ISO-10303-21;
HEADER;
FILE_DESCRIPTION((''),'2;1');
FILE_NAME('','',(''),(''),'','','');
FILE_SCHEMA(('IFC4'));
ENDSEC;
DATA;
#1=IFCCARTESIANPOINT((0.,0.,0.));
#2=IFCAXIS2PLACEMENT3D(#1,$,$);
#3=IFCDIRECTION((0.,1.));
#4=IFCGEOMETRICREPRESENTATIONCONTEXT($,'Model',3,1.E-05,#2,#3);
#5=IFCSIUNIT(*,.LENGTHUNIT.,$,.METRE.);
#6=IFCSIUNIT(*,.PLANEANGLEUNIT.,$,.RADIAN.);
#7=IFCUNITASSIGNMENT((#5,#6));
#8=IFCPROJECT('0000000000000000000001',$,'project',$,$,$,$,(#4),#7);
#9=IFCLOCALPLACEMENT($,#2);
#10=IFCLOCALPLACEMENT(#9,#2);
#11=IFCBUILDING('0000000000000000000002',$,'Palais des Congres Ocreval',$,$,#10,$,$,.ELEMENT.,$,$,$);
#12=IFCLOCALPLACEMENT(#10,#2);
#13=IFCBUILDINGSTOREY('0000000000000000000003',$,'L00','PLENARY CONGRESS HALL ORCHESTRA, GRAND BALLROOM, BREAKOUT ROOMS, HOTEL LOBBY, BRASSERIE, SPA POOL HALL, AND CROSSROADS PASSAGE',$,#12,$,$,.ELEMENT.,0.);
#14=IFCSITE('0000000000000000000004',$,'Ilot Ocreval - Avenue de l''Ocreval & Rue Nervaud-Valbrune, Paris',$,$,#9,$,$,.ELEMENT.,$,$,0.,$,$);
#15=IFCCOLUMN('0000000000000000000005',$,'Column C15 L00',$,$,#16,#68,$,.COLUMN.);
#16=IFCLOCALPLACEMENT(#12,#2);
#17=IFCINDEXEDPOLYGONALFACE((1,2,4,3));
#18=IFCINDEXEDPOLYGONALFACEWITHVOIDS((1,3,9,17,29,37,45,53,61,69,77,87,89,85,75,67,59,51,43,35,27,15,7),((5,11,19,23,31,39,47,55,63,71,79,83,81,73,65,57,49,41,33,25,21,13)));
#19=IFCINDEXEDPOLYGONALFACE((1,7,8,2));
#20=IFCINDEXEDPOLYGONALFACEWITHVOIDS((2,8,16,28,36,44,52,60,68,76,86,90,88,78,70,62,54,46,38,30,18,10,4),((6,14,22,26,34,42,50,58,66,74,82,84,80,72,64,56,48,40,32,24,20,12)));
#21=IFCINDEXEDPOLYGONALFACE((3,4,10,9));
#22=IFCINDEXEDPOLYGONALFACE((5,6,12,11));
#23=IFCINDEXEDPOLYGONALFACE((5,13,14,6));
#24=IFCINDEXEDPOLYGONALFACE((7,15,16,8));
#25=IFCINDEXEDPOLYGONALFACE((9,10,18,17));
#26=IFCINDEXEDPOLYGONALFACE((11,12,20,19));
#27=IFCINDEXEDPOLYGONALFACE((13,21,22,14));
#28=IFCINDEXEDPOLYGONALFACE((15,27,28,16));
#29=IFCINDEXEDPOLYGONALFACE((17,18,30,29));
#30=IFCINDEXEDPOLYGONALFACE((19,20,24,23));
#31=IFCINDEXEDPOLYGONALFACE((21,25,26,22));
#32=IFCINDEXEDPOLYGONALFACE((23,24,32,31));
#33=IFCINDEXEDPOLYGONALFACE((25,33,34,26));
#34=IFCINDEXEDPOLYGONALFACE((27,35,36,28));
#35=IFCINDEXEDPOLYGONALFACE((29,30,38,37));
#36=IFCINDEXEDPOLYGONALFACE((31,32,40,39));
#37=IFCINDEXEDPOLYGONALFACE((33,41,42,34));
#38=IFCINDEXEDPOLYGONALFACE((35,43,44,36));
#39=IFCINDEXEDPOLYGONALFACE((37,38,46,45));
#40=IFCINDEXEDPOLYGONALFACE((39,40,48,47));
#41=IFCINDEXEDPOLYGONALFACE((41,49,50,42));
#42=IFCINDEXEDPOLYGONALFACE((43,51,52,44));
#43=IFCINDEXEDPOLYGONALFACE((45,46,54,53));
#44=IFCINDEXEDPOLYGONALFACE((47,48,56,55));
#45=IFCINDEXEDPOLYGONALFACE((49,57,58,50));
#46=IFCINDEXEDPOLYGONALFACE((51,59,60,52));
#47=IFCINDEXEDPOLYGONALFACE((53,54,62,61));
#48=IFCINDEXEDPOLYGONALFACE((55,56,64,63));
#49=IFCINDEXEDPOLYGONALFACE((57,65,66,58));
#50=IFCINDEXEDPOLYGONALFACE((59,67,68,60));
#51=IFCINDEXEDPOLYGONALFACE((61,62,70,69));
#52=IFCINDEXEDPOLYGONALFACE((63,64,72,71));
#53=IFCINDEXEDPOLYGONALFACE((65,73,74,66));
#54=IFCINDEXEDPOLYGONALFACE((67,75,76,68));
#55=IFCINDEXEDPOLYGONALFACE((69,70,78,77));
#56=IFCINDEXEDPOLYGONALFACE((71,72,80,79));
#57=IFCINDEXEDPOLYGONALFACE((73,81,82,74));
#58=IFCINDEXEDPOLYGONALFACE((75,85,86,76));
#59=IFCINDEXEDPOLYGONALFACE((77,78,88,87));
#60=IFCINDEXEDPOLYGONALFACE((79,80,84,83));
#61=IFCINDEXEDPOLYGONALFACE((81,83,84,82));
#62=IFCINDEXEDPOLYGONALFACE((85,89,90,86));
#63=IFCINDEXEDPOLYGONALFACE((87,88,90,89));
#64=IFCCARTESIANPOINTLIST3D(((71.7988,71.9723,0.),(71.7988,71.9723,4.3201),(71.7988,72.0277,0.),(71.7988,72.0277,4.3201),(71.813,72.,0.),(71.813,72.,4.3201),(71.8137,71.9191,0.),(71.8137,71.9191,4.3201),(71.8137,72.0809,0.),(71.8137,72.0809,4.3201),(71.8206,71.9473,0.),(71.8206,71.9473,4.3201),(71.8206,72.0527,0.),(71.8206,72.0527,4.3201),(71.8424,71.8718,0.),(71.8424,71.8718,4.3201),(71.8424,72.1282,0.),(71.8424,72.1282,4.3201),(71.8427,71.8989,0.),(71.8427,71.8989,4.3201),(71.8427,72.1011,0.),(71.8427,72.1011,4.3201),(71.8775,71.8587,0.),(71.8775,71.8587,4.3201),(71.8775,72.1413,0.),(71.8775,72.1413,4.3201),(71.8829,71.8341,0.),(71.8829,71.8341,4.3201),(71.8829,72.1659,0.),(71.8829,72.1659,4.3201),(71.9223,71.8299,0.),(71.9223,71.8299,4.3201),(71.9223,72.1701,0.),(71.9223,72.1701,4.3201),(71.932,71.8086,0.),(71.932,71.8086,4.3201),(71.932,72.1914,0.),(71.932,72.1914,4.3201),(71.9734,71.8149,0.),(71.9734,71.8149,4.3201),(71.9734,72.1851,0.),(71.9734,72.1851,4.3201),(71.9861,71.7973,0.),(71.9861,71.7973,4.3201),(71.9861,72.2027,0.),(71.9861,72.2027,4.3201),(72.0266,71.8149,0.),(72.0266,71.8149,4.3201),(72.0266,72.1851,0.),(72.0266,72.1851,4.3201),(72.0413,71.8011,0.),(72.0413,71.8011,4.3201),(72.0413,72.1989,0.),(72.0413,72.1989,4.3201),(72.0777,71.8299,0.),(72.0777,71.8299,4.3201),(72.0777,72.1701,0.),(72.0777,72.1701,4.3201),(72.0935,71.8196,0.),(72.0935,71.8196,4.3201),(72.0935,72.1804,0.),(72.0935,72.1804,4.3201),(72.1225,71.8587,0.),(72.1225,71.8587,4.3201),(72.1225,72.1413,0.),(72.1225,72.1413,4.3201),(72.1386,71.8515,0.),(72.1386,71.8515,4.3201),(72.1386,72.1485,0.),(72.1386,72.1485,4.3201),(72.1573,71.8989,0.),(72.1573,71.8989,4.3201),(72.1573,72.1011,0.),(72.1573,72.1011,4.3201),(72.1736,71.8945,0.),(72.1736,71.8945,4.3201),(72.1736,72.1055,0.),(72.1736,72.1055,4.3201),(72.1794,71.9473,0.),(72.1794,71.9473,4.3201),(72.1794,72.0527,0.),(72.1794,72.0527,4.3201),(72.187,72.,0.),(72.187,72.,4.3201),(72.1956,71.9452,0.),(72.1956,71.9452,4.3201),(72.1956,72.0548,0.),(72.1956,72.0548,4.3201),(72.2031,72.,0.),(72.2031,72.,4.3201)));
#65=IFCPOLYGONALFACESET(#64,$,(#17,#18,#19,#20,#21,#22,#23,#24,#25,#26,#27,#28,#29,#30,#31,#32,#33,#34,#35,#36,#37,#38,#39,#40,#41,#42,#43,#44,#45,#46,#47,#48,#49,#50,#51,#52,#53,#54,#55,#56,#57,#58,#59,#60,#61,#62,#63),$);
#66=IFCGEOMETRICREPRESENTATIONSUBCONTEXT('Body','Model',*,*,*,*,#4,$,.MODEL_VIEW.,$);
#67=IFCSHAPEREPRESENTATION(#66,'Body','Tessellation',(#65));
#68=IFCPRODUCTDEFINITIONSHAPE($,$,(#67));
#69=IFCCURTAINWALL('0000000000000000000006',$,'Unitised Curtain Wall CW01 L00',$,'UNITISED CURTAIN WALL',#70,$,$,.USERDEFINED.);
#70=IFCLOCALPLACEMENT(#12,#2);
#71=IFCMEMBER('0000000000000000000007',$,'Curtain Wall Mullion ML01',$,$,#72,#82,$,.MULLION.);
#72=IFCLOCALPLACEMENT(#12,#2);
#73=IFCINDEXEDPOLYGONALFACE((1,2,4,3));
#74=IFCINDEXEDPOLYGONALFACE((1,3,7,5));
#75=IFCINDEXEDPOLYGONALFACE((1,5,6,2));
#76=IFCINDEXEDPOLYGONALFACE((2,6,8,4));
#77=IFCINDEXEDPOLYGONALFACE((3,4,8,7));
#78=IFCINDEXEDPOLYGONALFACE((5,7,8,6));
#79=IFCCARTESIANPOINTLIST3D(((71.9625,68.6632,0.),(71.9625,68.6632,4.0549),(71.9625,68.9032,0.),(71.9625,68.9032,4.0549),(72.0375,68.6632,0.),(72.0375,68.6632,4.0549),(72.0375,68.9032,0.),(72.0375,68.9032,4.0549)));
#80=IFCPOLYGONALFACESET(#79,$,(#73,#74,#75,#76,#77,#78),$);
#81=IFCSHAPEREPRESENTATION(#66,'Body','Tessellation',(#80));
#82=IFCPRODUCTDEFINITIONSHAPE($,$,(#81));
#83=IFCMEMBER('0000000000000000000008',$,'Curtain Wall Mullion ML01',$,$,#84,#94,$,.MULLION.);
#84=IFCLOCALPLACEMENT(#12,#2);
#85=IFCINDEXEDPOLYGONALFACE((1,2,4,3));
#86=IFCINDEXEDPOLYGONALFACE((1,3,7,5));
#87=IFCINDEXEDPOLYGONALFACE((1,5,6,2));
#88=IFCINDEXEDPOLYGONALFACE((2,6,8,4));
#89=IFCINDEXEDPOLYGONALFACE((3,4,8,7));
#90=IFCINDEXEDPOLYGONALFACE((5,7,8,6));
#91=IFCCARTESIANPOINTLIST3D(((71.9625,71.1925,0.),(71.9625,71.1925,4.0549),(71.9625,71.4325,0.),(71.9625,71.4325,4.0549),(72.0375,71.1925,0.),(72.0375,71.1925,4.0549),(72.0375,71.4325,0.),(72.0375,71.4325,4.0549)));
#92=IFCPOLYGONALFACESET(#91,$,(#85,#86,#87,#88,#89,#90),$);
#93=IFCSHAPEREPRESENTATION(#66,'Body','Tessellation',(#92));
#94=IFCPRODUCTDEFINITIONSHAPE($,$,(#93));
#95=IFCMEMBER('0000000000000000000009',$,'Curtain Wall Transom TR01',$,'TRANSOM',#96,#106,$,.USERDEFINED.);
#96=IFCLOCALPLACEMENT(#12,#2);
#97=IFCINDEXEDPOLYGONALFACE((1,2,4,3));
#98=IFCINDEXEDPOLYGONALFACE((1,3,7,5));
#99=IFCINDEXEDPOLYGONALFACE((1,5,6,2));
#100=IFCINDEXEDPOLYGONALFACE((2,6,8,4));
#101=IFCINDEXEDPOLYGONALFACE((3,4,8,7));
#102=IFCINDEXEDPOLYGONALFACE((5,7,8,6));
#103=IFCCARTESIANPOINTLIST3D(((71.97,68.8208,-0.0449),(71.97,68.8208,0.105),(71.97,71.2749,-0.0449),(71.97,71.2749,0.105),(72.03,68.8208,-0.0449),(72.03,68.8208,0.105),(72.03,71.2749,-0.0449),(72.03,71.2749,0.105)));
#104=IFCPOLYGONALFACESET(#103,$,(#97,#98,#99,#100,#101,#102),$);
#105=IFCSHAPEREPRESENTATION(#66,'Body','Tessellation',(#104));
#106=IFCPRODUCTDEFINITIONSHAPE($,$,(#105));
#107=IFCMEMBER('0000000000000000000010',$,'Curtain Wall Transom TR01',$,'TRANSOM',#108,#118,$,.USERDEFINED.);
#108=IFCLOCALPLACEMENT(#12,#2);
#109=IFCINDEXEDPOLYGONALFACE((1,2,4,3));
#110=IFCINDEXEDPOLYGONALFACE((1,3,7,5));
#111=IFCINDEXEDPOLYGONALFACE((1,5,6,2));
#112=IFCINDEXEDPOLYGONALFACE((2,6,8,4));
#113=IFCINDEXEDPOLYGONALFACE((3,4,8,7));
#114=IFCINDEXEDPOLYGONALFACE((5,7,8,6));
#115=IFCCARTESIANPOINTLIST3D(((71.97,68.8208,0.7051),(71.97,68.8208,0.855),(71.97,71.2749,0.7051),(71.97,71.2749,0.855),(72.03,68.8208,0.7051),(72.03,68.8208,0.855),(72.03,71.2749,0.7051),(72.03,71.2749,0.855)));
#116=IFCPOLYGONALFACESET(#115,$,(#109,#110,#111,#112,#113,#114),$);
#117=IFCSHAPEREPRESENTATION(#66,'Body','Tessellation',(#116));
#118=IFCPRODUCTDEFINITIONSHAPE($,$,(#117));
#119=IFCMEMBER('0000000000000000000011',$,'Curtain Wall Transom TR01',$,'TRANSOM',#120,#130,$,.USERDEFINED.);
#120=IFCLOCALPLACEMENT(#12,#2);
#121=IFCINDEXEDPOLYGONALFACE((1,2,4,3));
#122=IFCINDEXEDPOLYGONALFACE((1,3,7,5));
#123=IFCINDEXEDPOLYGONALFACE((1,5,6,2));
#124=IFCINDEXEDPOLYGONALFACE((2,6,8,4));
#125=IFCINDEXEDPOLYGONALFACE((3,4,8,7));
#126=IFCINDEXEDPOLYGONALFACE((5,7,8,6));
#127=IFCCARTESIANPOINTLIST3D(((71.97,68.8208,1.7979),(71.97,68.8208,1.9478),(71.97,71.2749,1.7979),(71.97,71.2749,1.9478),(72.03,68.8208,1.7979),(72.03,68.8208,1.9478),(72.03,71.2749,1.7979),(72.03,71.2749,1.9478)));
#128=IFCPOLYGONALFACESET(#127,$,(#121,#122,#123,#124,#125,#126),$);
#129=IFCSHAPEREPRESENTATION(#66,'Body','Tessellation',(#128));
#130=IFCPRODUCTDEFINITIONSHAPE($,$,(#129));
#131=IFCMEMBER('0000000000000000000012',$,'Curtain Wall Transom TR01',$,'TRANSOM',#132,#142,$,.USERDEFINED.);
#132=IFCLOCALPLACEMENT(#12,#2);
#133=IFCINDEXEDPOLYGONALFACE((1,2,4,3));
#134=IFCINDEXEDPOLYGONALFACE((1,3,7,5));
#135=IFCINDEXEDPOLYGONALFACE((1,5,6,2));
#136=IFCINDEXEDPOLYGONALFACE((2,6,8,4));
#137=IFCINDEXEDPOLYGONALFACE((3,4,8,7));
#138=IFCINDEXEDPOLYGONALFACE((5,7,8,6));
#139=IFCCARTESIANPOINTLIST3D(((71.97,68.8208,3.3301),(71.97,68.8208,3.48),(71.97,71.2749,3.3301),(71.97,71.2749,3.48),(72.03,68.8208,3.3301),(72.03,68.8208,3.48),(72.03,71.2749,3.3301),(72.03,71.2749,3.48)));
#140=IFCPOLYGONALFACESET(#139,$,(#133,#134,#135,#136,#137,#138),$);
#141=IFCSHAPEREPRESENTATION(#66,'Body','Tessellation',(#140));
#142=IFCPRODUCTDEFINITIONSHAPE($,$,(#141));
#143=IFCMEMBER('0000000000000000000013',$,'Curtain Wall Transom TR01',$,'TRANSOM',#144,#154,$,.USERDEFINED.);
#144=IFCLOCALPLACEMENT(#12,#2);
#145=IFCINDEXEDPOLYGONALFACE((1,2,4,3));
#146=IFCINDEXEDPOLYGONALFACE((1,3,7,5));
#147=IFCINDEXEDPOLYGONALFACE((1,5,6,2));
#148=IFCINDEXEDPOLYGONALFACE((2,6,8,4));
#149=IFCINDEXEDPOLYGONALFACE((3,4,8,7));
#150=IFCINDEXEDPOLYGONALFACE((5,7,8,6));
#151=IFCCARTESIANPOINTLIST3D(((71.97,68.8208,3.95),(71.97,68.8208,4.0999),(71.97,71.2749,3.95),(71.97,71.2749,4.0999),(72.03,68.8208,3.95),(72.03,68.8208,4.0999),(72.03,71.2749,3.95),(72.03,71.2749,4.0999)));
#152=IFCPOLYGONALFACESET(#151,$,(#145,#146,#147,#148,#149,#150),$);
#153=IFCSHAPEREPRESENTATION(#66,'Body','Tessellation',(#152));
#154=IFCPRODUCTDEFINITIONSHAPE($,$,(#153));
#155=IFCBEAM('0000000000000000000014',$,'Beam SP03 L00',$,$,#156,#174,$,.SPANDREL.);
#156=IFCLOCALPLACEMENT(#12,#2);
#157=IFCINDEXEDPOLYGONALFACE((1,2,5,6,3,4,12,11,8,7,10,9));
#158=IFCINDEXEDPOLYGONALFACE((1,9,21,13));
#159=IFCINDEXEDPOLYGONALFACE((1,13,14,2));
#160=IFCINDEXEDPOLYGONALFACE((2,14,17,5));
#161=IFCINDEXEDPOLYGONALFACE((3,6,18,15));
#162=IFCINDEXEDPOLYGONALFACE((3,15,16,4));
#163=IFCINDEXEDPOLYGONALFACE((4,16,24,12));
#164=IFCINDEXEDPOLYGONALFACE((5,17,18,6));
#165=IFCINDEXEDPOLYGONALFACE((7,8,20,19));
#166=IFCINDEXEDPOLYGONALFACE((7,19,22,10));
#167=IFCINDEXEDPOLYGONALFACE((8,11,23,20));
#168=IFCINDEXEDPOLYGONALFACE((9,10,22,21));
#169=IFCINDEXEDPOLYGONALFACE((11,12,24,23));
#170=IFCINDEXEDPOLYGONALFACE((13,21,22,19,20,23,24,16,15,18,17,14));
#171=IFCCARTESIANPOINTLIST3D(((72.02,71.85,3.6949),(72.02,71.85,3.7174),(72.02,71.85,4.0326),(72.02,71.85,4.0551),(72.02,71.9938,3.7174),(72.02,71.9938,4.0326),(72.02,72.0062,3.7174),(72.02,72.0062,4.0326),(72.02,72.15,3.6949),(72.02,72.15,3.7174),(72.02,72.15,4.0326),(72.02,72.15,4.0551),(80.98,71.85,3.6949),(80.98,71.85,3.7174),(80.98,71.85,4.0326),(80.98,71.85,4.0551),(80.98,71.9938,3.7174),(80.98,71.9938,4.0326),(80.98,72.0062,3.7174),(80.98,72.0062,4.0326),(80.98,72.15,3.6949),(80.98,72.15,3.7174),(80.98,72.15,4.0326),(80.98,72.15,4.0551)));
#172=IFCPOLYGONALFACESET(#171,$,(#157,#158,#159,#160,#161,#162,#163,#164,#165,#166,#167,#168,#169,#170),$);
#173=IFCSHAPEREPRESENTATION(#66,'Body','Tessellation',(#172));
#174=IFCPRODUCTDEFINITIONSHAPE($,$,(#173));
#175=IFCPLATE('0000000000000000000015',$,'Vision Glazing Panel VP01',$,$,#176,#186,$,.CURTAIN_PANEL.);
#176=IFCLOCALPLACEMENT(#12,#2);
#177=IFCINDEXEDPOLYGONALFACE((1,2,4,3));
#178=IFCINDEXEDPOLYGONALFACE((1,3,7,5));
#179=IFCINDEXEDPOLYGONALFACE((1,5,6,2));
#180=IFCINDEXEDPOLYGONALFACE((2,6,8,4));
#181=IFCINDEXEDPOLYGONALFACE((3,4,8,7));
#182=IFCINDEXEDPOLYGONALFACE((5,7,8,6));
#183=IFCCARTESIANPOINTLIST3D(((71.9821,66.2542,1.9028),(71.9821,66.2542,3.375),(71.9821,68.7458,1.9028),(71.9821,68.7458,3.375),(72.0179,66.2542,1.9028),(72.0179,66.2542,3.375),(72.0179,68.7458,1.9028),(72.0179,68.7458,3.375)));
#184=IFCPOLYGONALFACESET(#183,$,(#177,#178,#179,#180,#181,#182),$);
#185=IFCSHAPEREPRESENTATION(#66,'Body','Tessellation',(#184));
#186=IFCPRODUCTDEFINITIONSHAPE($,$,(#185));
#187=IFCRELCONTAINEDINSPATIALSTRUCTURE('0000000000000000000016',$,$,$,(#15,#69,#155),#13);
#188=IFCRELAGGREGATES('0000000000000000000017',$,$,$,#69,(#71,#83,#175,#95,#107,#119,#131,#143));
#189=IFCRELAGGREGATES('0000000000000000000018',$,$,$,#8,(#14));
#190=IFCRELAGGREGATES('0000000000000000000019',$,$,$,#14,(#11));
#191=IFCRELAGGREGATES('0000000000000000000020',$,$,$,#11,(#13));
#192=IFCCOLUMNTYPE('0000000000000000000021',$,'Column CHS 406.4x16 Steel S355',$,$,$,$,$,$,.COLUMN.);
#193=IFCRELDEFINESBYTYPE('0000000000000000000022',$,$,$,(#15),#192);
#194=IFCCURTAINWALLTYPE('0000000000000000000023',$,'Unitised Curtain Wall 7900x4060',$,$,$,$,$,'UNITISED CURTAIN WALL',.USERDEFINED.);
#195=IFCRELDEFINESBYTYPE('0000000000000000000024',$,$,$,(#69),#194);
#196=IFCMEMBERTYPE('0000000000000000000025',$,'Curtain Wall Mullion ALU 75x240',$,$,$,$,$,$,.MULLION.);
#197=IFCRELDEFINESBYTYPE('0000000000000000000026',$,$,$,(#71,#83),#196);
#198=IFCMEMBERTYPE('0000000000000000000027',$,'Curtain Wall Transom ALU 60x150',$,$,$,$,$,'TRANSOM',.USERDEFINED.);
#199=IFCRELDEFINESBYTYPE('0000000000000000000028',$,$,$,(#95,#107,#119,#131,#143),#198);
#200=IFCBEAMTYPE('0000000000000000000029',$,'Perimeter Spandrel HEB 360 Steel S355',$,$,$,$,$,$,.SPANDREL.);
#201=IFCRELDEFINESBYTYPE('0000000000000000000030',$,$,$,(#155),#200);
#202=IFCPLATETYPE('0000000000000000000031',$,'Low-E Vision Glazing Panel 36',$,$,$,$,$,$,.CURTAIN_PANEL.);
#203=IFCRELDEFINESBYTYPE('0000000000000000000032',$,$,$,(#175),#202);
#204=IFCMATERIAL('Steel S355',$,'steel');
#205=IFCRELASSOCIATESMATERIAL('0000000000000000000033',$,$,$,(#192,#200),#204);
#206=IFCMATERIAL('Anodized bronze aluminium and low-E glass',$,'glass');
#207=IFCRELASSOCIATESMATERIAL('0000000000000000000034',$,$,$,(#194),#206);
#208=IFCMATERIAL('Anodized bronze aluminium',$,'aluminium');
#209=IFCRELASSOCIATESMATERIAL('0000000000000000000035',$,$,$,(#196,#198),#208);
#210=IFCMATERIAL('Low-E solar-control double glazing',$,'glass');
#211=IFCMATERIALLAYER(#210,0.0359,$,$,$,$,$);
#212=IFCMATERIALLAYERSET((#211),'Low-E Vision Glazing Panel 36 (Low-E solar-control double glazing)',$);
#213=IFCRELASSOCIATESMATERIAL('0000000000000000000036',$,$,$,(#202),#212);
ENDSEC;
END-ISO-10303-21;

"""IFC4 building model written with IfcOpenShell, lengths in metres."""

from ifc_helpers import new_model, si_unit, direction, frame, origin, origin_2d, place, context, subcontext, project, spatial, rectangle, hollow_circle, i_section, extrude, material, layer, layer_set, material_profile, profile_set, type_object, element, aggregate, save


model = new_model("IFC4")

# Units and contexts
model_context = context("Model", 3, precision=1e-05, world=origin(), true_north=direction((0.0, 1.0)))
body_context = subcontext(model_context, "Body", "Model", "MODEL_VIEW")
ifc_project = project(units=[si_unit("LENGTHUNIT", "METRE"), si_unit("PLANEANGLEUNIT", "RADIAN")], contexts=[model_context])

# Site, building, storey
site_placement = place(None, origin())
site = spatial("IfcSite", under=ifc_project, at=site_placement, Name="Ilot Ocreval - Avenue de l'Ocreval & Rue Nervaud-Valbrune, Paris", CompositionType="ELEMENT", RefElevation=0.0)
building_placement = place(site_placement, origin())
building = spatial("IfcBuilding", under=site, at=building_placement, Name="Palais des Congres Ocreval", CompositionType="ELEMENT")
storey_placement = place(building_placement, origin())
storey = spatial("IfcBuildingStorey", under=building, at=storey_placement, Name="L00", Description="PLENARY CONGRESS HALL ORCHESTRA, GRAND BALLROOM, BREAKOUT ROOMS, HOTEL LOBBY, BRASSERIE, SPA POOL HALL, AND CROSSROADS PASSAGE", CompositionType="ELEMENT", Elevation=0.0)

# Column
ifc_material_1 = material(Name="Steel S355", Category="steel")
ifc_material_profile_1 = material_profile(ifc_material_1, hollow_circle(Radius=0.2031, WallThickness=0.0161, at=origin_2d()), Name="CHS 406.4x16")
ifc_profile_set_1 = profile_set([ifc_material_profile_1], Name="Steel S355")
column_type = type_object("IfcColumnType", Name="Column CHS 406.4x16 Steel S355", PredefinedType="COLUMN", material=ifc_profile_set_1)
column_placement = place(storey_placement, frame((72.0, 72.0, 0.0), z_axis=(0.0, 0.0, 1.0), x_axis=(1.0, 0.0, 0.0)))
element("IfcColumn", 1, at=column_placement, inside=storey, type_object=column_type, Name="Column C15 L00", PredefinedType="COLUMN", context=body_context, shape_type="SweptSolid", body=[
    extrude(hollow_circle(Radius=0.2031, WallThickness=0.0161, at=origin_2d()), origin(), (0.0, 0.0, 1.0), 4.3201),
])

# Curtain wall, members
ifc_material_2 = material(Name="Anodized bronze aluminium and low-E glass", Category="glass")
curtain_wall_type = type_object("IfcCurtainWallType", Name="Unitised Curtain Wall 7900x4060", ElementType="UNITISED CURTAIN WALL", PredefinedType="USERDEFINED", material=ifc_material_2)
curtain_wall_placement = place(storey_placement, origin())
curtain_wall = element("IfcCurtainWall", 2, at=curtain_wall_placement, inside=storey, type_object=curtain_wall_type, Name="Unitised Curtain Wall CW01 L00", ObjectType="UNITISED CURTAIN WALL", PredefinedType="USERDEFINED")
ifc_material_3 = material(Name="Anodized bronze aluminium", Category="aluminium")
ifc_material_profile_2 = material_profile(ifc_material_3, rectangle(XDim=0.075, YDim=0.24, at=origin_2d()), Name="ALU 75x240")
ifc_profile_set_2 = profile_set([ifc_material_profile_2], Name="Anodized bronze aluminium")
member_type_1 = type_object("IfcMemberType", Name="Curtain Wall Mullion ALU 75x240", PredefinedType="MULLION", material=ifc_profile_set_2)
member_1_placement = place(storey_placement, frame((72.0, 68.7832, 0.0), z_axis=(0.0, 0.0, 1.0), x_axis=(-1.0, 0.0, 0.0)))
member_1 = element("IfcMember", 3, at=member_1_placement, type_object=member_type_1, Name="Curtain Wall Mullion ML01", PredefinedType="MULLION", context=body_context, shape_type="SweptSolid", body=[
    extrude(rectangle(XDim=0.075, YDim=0.24, at=origin_2d()), origin(), (0.0, 0.0, 1.0), 4.0549),
])
member_2_placement = place(storey_placement, frame((72.0, 71.3125, 0.0), z_axis=(0.0, 0.0, 1.0), x_axis=(-1.0, 0.0, 0.0)))
member_2 = element("IfcMember", 4, at=member_2_placement, type_object=member_type_1, Name="Curtain Wall Mullion ML01", PredefinedType="MULLION", context=body_context, shape_type="SweptSolid", body=[
    extrude(rectangle(XDim=0.075, YDim=0.24, at=origin_2d()), origin(), (0.0, 0.0, 1.0), 4.0549),
])
ifc_material_profile_3 = material_profile(ifc_material_3, rectangle(XDim=0.0601, YDim=0.1499, at=origin_2d()), Name="ALU 60x150")
ifc_profile_set_3 = profile_set([ifc_material_profile_3], Name="Anodized bronze aluminium")
member_type_2 = type_object("IfcMemberType", Name="Curtain Wall Transom ALU 60x150", ElementType="TRANSOM", PredefinedType="USERDEFINED", material=ifc_profile_set_3)
member_3_placement = place(storey_placement, frame((72.0, 68.8208, 0.03), z_axis=(0.0, 1.0, 0.0), x_axis=(-1.0, 0.0, 0.0)))
member_3 = element("IfcMember", 5, at=member_3_placement, type_object=member_type_2, Name="Curtain Wall Transom TR01", ObjectType="TRANSOM", PredefinedType="USERDEFINED", context=body_context, shape_type="SweptSolid", body=[
    extrude(rectangle(XDim=0.0601, YDim=0.1499, at=origin_2d()), origin(), (0.0, 0.0, 1.0), 2.4541),
])
member_4_placement = place(storey_placement, frame((72.0, 68.8208, 0.78), z_axis=(0.0, 1.0, 0.0), x_axis=(-1.0, 0.0, 0.0)))
member_4 = element("IfcMember", 6, at=member_4_placement, type_object=member_type_2, Name="Curtain Wall Transom TR01", ObjectType="TRANSOM", PredefinedType="USERDEFINED", context=body_context, shape_type="SweptSolid", body=[
    extrude(rectangle(XDim=0.0601, YDim=0.1499, at=origin_2d()), origin(), (0.0, 0.0, 1.0), 2.4541),
])
member_5_placement = place(storey_placement, frame((72.0, 68.8208, 1.8728), z_axis=(0.0, 1.0, 0.0), x_axis=(-1.0, 0.0, 0.0)))
member_5 = element("IfcMember", 7, at=member_5_placement, type_object=member_type_2, Name="Curtain Wall Transom TR01", ObjectType="TRANSOM", PredefinedType="USERDEFINED", context=body_context, shape_type="SweptSolid", body=[
    extrude(rectangle(XDim=0.0601, YDim=0.1499, at=origin_2d()), origin(), (0.0, 0.0, 1.0), 2.4541),
])
member_6_placement = place(storey_placement, frame((72.0, 68.8208, 3.405), z_axis=(0.0, 1.0, 0.0), x_axis=(-1.0, 0.0, 0.0)))
member_6 = element("IfcMember", 8, at=member_6_placement, type_object=member_type_2, Name="Curtain Wall Transom TR01", ObjectType="TRANSOM", PredefinedType="USERDEFINED", context=body_context, shape_type="SweptSolid", body=[
    extrude(rectangle(XDim=0.0601, YDim=0.1499, at=origin_2d()), origin(), (0.0, 0.0, 1.0), 2.4541),
])
member_7_placement = place(storey_placement, frame((72.0, 68.8208, 4.0249), z_axis=(0.0, 1.0, 0.0), x_axis=(-1.0, 0.0, 0.0)))
member_7 = element("IfcMember", 9, at=member_7_placement, type_object=member_type_2, Name="Curtain Wall Transom TR01", ObjectType="TRANSOM", PredefinedType="USERDEFINED", context=body_context, shape_type="SweptSolid", body=[
    extrude(rectangle(XDim=0.0601, YDim=0.1499, at=origin_2d()), origin(), (0.0, 0.0, 1.0), 2.4541),
])

# Beam
ifc_material_profile_4 = material_profile(ifc_material_1, i_section(OverallWidth=0.3, OverallDepth=0.3601, WebThickness=0.0125, FlangeThickness=0.0225, at=origin_2d()), Name="HEB 360")
ifc_profile_set_4 = profile_set([ifc_material_profile_4], Name="Steel S355")
beam_type = type_object("IfcBeamType", Name="Perimeter Spandrel HEB 360 Steel S355", PredefinedType="SPANDREL", material=ifc_profile_set_4)
beam_placement = place(storey_placement, frame((72.02, 72.0, 3.875), z_axis=(1.0, 0.0, 0.0), x_axis=(0.0, 1.0, 0.0)))
element("IfcBeam", 10, at=beam_placement, inside=storey, type_object=beam_type, Name="Beam SP03 L00", PredefinedType="SPANDREL", context=body_context, shape_type="SweptSolid", body=[
    extrude(i_section(OverallWidth=0.3, OverallDepth=0.3601, WebThickness=0.0125, FlangeThickness=0.0225, at=origin_2d()), origin(), (0.0, 0.0, 1.0), 8.96),
])

# Plate
ifc_material_4 = material(Name="Low-E solar-control double glazing", Category="glass")
ifc_layer_1 = layer(ifc_material_4, 0.0359)
ifc_layer_set_1 = layer_set([ifc_layer_1], Name="Low-E Vision Glazing Panel 36 (Low-E solar-control double glazing)")
plate_type_1 = type_object("IfcPlateType", Name="Low-E Vision Glazing Panel 36", PredefinedType="CURTAIN_PANEL", material=ifc_layer_set_1)
plate_1_placement = place(storey_placement, frame((72.0, 67.5, 1.9028), z_axis=(0.0, 0.0, 1.0), x_axis=(0.0, 1.0, 0.0)))
plate_1 = element("IfcPlate", 11, at=plate_1_placement, type_object=plate_type_1, Name="Vision Glazing Panel VP01", PredefinedType="CURTAIN_PANEL", context=body_context, shape_type="SweptSolid", body=[
    extrude(rectangle(XDim=2.4917, YDim=0.0359, at=origin_2d()), origin(), (0.0, 0.0, 1.0), 1.4722),
])
aggregate(curtain_wall, [member_1, member_2, plate_1, member_3, member_4, member_5, member_6, member_7])

save(model, "model.ifc")
